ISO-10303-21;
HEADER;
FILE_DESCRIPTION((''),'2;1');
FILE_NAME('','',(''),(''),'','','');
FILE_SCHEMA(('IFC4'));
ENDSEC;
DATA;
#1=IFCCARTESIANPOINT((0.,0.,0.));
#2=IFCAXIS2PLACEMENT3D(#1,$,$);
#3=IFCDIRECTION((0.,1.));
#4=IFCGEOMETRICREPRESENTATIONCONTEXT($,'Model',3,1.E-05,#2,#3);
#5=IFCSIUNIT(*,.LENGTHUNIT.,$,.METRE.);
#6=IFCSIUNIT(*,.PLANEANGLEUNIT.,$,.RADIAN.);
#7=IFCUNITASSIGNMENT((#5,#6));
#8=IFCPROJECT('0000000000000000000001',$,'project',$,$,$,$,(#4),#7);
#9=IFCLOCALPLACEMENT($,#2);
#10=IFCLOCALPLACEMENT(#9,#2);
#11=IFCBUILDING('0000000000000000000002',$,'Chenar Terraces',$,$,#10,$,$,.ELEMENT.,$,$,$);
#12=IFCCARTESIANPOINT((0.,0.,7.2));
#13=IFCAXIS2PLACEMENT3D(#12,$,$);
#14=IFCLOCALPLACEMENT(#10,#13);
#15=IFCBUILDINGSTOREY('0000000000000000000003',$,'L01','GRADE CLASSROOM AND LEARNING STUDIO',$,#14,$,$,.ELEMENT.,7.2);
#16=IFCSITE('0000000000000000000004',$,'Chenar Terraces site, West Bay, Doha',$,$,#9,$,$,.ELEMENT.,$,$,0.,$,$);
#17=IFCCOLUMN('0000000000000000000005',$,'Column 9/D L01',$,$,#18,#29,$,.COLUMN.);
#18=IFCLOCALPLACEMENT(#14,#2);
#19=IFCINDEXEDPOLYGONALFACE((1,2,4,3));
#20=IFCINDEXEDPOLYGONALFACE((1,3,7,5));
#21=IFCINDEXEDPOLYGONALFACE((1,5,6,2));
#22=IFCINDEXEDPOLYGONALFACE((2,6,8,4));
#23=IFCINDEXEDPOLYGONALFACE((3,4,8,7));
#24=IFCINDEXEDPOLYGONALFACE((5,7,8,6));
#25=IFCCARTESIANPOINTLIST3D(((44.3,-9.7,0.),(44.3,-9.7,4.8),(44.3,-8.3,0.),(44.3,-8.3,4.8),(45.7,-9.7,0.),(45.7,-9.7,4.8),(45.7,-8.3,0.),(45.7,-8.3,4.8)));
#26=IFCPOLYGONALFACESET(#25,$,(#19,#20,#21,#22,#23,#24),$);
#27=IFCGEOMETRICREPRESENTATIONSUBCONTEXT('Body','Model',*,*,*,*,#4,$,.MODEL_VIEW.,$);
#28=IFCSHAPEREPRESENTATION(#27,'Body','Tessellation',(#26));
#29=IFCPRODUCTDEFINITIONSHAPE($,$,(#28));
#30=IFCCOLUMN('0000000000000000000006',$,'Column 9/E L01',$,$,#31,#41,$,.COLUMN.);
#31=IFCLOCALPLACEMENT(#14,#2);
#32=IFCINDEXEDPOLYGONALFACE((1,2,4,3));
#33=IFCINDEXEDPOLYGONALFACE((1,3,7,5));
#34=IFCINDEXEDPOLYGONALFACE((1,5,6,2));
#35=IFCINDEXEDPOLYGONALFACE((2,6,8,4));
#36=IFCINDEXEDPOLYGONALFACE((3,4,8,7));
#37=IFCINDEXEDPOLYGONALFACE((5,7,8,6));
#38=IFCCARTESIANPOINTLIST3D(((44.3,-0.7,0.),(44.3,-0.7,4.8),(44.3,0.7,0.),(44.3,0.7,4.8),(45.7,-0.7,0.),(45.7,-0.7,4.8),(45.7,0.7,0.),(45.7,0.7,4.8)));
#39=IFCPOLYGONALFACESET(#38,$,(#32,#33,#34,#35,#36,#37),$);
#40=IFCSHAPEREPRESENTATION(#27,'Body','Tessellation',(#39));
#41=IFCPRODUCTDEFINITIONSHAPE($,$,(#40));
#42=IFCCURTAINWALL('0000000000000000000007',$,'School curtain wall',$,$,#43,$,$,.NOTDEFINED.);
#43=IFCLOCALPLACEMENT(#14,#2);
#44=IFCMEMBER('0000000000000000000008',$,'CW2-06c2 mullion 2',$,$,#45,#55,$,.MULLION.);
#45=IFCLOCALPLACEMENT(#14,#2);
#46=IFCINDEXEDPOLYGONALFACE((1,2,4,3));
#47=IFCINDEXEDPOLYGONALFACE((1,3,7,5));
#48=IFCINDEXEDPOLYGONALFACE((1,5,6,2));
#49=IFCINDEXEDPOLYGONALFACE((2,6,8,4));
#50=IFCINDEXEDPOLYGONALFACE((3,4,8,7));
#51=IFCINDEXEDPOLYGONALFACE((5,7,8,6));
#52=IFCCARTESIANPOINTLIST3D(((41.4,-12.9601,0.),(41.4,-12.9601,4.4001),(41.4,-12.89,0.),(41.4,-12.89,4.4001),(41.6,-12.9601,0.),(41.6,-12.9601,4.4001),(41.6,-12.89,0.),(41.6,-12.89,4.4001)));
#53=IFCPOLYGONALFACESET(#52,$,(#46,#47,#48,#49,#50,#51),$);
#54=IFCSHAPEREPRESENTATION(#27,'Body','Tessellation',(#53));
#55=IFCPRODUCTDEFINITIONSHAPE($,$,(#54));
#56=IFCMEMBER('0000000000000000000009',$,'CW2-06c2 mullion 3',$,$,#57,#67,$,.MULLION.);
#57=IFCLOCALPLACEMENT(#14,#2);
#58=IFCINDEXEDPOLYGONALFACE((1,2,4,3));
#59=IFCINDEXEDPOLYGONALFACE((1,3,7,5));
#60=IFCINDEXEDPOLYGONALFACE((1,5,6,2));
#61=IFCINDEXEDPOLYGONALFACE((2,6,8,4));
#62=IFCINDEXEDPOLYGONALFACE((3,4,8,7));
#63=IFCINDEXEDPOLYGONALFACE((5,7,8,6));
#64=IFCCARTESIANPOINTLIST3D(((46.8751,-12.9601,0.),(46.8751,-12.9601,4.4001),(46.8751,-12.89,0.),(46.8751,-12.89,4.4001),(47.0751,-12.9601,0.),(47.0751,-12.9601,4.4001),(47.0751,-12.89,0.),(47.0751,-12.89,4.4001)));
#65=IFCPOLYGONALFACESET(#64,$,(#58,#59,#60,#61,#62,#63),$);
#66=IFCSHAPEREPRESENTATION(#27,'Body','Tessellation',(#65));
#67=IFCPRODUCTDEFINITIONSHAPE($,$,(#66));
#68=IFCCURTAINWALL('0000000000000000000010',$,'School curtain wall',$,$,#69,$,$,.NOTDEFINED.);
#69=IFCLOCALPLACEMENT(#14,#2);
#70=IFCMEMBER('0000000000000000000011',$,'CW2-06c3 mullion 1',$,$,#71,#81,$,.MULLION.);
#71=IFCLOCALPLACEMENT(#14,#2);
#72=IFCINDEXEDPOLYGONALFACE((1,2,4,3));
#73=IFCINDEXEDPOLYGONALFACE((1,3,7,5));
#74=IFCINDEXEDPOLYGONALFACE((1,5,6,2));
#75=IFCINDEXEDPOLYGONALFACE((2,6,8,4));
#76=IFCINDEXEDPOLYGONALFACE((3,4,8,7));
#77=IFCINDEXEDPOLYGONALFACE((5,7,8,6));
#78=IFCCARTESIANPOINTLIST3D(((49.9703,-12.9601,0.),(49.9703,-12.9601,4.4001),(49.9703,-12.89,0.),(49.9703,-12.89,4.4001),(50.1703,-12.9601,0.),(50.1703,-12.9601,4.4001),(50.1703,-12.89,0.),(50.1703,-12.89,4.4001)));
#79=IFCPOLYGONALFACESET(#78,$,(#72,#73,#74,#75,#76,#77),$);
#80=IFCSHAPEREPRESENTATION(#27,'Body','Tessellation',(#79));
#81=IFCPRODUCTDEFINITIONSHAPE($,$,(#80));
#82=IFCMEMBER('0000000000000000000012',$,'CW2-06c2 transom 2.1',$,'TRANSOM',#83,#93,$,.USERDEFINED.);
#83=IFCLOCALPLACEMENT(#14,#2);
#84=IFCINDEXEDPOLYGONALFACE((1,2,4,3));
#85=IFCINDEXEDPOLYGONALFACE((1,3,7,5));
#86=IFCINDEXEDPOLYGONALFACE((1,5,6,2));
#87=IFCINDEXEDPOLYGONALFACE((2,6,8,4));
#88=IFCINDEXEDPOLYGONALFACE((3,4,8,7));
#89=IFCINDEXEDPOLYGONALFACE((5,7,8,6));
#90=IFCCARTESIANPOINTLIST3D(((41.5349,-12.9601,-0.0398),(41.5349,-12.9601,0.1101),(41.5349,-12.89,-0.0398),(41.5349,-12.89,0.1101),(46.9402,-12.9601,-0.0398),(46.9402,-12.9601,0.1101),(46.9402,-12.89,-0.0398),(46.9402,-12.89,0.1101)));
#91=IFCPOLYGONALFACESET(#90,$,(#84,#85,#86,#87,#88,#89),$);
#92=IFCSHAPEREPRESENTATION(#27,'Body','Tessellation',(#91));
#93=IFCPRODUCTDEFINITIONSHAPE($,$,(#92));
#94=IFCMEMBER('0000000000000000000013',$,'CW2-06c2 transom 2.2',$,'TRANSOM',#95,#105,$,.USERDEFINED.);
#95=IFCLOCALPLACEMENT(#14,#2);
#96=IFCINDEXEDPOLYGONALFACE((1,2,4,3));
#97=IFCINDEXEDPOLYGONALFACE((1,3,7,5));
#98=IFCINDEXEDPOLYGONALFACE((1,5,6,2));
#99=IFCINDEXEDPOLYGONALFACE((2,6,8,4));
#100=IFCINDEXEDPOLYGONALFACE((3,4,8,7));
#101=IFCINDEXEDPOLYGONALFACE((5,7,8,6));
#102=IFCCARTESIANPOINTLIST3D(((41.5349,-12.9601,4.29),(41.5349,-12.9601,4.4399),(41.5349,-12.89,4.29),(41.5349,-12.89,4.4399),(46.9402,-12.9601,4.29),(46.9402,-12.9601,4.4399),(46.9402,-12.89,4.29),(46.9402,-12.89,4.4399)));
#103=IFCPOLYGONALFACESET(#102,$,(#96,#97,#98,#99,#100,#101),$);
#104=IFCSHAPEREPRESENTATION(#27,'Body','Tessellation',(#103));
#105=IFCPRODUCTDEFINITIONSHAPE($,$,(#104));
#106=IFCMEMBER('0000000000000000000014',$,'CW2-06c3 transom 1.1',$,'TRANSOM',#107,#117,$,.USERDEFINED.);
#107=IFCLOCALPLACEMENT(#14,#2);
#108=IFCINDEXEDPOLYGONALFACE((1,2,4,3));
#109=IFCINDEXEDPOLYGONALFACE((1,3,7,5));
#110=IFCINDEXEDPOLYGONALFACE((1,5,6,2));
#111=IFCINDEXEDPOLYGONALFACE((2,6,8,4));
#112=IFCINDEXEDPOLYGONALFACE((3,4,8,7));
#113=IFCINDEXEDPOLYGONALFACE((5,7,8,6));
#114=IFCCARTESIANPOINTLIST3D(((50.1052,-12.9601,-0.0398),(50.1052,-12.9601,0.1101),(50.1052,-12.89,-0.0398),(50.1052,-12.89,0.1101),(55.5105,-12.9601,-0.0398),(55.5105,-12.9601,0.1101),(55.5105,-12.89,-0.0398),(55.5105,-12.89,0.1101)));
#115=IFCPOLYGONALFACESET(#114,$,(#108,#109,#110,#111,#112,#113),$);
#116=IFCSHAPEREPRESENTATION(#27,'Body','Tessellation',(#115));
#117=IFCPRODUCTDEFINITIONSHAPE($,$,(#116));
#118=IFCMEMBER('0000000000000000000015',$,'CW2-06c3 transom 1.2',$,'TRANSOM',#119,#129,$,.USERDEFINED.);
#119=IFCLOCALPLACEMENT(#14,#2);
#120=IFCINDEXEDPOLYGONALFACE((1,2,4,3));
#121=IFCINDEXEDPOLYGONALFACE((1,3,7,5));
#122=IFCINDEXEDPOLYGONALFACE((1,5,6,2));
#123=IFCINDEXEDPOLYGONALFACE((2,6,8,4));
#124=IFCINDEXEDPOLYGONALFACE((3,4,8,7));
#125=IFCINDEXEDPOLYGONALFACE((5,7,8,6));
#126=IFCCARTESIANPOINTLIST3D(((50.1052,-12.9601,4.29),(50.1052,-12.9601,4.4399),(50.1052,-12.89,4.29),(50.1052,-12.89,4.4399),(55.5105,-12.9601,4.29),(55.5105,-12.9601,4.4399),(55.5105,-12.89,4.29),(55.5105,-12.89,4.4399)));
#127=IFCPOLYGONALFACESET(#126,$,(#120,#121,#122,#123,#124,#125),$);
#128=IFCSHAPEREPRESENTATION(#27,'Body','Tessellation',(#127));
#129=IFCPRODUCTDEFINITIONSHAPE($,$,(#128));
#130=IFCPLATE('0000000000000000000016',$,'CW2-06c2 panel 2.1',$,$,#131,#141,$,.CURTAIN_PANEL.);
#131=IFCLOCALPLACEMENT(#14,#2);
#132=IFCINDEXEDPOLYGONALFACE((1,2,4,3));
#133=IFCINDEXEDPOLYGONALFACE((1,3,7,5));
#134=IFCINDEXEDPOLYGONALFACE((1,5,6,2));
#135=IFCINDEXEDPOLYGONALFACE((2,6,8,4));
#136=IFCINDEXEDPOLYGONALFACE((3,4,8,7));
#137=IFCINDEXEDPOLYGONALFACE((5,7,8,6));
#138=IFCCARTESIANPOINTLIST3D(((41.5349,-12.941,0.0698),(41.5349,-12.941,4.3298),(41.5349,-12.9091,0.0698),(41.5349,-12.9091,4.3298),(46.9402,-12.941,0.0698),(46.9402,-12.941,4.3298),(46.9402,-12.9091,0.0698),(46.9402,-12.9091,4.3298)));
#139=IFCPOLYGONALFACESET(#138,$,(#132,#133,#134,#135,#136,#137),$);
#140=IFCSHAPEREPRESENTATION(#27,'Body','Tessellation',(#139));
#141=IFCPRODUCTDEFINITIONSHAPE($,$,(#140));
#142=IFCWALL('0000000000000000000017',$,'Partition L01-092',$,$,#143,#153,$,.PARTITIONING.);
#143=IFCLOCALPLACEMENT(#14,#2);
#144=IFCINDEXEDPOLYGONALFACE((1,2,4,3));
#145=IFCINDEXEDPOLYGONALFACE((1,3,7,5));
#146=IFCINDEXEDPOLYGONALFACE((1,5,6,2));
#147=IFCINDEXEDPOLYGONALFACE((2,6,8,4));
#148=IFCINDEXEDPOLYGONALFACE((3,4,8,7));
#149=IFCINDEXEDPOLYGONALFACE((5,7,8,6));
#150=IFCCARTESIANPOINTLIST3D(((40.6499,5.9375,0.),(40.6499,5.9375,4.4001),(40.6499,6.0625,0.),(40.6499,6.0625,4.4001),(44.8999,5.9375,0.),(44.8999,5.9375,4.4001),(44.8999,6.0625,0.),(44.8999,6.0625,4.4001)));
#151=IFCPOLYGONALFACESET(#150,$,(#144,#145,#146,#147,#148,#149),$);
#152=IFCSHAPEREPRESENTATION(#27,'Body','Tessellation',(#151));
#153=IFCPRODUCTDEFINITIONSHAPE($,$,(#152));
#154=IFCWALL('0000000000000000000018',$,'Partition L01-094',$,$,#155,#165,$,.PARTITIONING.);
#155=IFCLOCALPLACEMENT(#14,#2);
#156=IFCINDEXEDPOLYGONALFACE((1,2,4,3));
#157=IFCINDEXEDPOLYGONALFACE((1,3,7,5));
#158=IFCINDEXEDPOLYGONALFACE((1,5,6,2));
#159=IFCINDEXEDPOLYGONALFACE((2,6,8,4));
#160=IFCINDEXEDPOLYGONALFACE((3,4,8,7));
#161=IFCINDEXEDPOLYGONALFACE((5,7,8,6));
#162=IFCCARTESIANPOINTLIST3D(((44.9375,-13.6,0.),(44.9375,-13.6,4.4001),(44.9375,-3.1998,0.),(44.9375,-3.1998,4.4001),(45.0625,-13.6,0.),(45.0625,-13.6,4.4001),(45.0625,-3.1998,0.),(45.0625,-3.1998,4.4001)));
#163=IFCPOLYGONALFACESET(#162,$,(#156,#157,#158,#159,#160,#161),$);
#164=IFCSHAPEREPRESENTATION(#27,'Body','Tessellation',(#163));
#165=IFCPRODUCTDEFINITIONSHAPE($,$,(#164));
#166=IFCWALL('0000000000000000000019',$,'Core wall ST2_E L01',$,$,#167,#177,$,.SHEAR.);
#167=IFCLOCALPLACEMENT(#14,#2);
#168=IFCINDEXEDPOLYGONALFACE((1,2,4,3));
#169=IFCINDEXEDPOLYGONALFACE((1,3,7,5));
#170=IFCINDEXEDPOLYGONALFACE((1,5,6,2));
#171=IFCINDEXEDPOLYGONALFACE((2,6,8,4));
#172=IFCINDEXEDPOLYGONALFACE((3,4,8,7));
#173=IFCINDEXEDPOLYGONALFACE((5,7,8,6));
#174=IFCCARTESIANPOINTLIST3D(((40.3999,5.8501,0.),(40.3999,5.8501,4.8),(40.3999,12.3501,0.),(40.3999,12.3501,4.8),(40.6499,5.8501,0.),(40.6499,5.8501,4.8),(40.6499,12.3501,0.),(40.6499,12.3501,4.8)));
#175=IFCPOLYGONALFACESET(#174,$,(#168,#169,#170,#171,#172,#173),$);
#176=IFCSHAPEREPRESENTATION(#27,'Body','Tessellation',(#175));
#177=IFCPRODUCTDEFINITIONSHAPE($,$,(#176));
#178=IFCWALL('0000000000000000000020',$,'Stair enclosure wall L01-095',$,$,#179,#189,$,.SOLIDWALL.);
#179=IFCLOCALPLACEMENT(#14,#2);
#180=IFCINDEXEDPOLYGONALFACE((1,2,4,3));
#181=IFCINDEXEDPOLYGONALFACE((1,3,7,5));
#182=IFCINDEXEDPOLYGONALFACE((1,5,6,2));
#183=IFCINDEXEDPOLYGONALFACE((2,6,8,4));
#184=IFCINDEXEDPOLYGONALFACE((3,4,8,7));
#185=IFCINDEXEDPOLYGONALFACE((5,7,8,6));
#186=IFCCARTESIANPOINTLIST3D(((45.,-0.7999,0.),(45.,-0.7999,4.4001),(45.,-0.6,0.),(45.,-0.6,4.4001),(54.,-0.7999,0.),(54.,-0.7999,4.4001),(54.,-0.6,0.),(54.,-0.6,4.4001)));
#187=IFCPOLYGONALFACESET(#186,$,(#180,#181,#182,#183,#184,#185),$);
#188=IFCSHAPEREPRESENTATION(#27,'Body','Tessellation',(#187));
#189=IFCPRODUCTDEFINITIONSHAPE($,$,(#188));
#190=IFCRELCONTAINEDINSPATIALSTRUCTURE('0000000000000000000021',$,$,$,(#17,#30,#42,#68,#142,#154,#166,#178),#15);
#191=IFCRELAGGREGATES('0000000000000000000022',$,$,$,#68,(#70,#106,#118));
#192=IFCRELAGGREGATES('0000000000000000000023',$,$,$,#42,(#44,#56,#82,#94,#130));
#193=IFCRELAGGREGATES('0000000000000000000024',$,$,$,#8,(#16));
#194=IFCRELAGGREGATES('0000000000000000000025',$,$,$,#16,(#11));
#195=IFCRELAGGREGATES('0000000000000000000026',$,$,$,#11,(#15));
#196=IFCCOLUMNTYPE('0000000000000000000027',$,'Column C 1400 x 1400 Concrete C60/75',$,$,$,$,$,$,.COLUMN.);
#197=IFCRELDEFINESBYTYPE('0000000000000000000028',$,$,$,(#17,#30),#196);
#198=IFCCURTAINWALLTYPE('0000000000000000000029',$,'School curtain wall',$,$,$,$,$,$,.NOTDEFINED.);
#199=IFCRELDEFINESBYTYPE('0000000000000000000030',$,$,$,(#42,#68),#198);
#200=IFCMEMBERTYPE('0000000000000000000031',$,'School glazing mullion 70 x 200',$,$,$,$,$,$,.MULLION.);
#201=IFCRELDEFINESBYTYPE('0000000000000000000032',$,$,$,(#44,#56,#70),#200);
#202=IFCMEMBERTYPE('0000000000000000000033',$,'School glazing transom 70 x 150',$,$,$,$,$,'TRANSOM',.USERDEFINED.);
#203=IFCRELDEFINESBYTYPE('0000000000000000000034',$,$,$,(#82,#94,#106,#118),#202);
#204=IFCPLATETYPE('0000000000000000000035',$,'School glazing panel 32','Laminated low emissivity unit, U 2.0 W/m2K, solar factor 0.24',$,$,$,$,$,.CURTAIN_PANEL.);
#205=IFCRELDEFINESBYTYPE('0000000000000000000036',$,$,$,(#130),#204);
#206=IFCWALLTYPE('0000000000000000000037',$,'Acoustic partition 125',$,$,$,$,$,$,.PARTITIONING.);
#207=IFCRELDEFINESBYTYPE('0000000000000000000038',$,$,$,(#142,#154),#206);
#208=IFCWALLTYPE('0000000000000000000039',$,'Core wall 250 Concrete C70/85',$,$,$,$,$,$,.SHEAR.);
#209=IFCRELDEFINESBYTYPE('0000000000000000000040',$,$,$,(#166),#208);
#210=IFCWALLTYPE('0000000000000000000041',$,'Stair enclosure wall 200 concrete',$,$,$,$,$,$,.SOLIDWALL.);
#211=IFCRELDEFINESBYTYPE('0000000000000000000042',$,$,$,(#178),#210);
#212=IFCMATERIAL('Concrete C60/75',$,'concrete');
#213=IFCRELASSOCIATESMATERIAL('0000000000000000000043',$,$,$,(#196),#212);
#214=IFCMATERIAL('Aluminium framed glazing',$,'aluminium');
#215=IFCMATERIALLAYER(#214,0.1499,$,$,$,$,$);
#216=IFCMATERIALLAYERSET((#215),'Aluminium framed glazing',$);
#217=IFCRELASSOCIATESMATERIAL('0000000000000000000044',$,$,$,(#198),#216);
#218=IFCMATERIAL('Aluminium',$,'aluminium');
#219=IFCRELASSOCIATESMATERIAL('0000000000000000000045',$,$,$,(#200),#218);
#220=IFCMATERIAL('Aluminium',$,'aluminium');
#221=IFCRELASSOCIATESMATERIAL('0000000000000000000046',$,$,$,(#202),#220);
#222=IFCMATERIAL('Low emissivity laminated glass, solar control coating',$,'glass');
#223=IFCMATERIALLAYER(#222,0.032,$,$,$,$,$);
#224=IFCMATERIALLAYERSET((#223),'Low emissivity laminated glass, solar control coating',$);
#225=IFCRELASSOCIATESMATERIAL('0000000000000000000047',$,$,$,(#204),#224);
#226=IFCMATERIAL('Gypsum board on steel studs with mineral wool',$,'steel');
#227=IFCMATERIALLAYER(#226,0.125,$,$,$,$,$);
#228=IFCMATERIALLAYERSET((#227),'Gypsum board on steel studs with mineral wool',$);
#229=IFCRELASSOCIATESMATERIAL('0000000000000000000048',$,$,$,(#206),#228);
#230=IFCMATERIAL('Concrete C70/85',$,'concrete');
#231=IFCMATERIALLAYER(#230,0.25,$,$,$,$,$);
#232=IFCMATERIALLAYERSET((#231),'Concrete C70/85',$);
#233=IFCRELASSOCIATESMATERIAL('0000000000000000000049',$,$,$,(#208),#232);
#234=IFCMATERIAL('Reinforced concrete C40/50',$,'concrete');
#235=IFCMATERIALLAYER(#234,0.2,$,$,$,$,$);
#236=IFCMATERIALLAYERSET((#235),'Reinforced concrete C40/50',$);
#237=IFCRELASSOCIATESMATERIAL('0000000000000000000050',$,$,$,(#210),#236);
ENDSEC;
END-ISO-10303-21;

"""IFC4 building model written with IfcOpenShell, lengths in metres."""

from ifc_helpers import new_model, si_unit, direction, frame, frame_2d, origin, origin_2d, place, context, subcontext, project, spatial, rectangle, extrude, material, layer, layer_set, material_profile, profile_set, type_object, element, aggregate, save


model = new_model("IFC4")

# Units and contexts
model_context = context("Model", 3, precision=1e-05, world=origin(), true_north=direction((0.0, 1.0)))
body_context = subcontext(model_context, "Body", "Model", "MODEL_VIEW")
ifc_project = project(units=[si_unit("LENGTHUNIT", "METRE"), si_unit("PLANEANGLEUNIT", "RADIAN")], contexts=[model_context])

# Site, building, storey
site_placement = place(None, origin())
site = spatial("IfcSite", under=ifc_project, at=site_placement, Name="Chenar Terraces site, West Bay, Doha", CompositionType="ELEMENT", RefElevation=0.0)
building_placement = place(site_placement, origin())
building = spatial("IfcBuilding", under=site, at=building_placement, Name="Chenar Terraces", CompositionType="ELEMENT")
storey_placement = place(building_placement, frame((0.0, 0.0, 7.2)))
storey = spatial("IfcBuildingStorey", under=building, at=storey_placement, Name="L01", Description="GRADE CLASSROOM AND LEARNING STUDIO", CompositionType="ELEMENT", Elevation=7.2)

# Columns
ifc_material_1 = material(Name="Concrete C60/75", Category="concrete")
ifc_material_profile_1 = material_profile(ifc_material_1, rectangle(XDim=1.3999, YDim=1.3999, at=origin_2d()), Name="C 1400 x 1400")
ifc_profile_set_1 = profile_set([ifc_material_profile_1], Name="Concrete C60/75")
column_type = type_object("IfcColumnType", Name="Column C 1400 x 1400 Concrete C60/75", PredefinedType="COLUMN", material=ifc_profile_set_1)
for number, where, z_axis, x_axis, name in (
    (1, (45.0, -9.0, 0.0), (0.0, 0.0, 1.0), (1.0, 0.0, 0.0), "Column 9/D L01"),
    (2, (45.0, 0.0, 0.0), (0.0, 0.0, 1.0), (1.0, 0.0, 0.0), "Column 9/E L01"),
):
    element("IfcColumn", number, at=place(storey_placement, frame(where, z_axis=z_axis, x_axis=x_axis)), inside=storey, type_object=column_type, Name=name, PredefinedType="COLUMN", context=body_context, shape_type="SweptSolid", body=[
        extrude(rectangle(XDim=1.3999, YDim=1.3999, at=origin_2d()), origin(), (0.0, 0.0, 1.0), 4.8),
    ])

# Curtain wall, members
ifc_material_2 = material(Name="Aluminium framed glazing", Category="aluminium")
ifc_layer_1 = layer(ifc_material_2, 0.1499)
ifc_layer_set_1 = layer_set([ifc_layer_1], Name="Aluminium framed glazing")
curtain_wall_type = type_object("IfcCurtainWallType", Name="School curtain wall", PredefinedType="NOTDEFINED", material=ifc_layer_set_1)
placement = place(storey_placement, origin())
curtain_wall_1 = element("IfcCurtainWall", 3, at=placement, inside=storey, type_object=curtain_wall_type, Name="School curtain wall", PredefinedType="NOTDEFINED")
ifc_material_3 = material(Name="Aluminium", Category="aluminium")
ifc_material_profile_2 = material_profile(ifc_material_3, rectangle(XDim=0.0701, YDim=0.2, at=origin_2d()), Name="School glazing mullion 70 x 200")
ifc_profile_set_2 = profile_set([ifc_material_profile_2], Name="Aluminium")
member_type_1 = type_object("IfcMemberType", Name="School glazing mullion 70 x 200", PredefinedType="MULLION", material=ifc_profile_set_2)
member_1_placement = place(storey_placement, frame((41.5, -12.925, 0.0), z_axis=(0.0, 0.0, 1.0), x_axis=(0.0, 1.0, 0.0)))
member_1 = element("IfcMember", 4, at=member_1_placement, type_object=member_type_1, Name="CW2-06c2 mullion 2", PredefinedType="MULLION", context=body_context, shape_type="SweptSolid", body=[
    extrude(rectangle(XDim=0.0701, YDim=0.2, at=origin_2d()), origin(), (0.0, 0.0, 1.0), 4.4001),
])
member_2_placement = place(storey_placement, frame((46.9751, -12.925, 0.0), z_axis=(0.0, 0.0, 1.0), x_axis=(0.0, 1.0, 0.0)))
member_2 = element("IfcMember", 5, at=member_2_placement, type_object=member_type_1, Name="CW2-06c2 mullion 3", PredefinedType="MULLION", context=body_context, shape_type="SweptSolid", body=[
    extrude(rectangle(XDim=0.0701, YDim=0.2, at=origin_2d()), origin(), (0.0, 0.0, 1.0), 4.4001),
])

# Curtain wall, member
curtain_wall_2 = element("IfcCurtainWall", 6, at=placement, inside=storey, type_object=curtain_wall_type, Name="School curtain wall", PredefinedType="NOTDEFINED")
member_3_placement = place(storey_placement, frame((50.0703, -12.925, 0.0), z_axis=(0.0, 0.0, 1.0), x_axis=(0.0, 1.0, 0.0)))
member_3 = element("IfcMember", 7, at=member_3_placement, type_object=member_type_1, Name="CW2-06c3 mullion 1", PredefinedType="MULLION", context=body_context, shape_type="SweptSolid", body=[
    extrude(rectangle(XDim=0.0701, YDim=0.2, at=origin_2d()), origin(), (0.0, 0.0, 1.0), 4.4001),
])

# Members
ifc_material_4 = material(Name="Aluminium", Category="aluminium")
ifc_material_profile_3 = material_profile(ifc_material_4, rectangle(XDim=0.0701, YDim=0.1499, at=origin_2d()), Name="School glazing transom 70 x 150")
ifc_profile_set_3 = profile_set([ifc_material_profile_3], Name="Aluminium")
member_type_2 = type_object("IfcMemberType", Name="School glazing transom 70 x 150", ElementType="TRANSOM", PredefinedType="USERDEFINED", material=ifc_profile_set_3)
member_4_placement = place(storey_placement, frame((41.5349, -12.925, 0.0352), z_axis=(1.0, 0.0, 0.0), x_axis=(0.0, 1.0, 0.0)))
member_4 = element("IfcMember", 8, at=member_4_placement, type_object=member_type_2, Name="CW2-06c2 transom 2.1", ObjectType="TRANSOM", PredefinedType="USERDEFINED", context=body_context, shape_type="SweptSolid", body=[
    extrude(rectangle(XDim=0.0701, YDim=0.1499, at=origin_2d()), origin(), (0.0, 0.0, 1.0), 5.4053),
])
member_5_placement = place(storey_placement, frame((41.5349, -12.925, 4.365), z_axis=(1.0, 0.0, 0.0), x_axis=(0.0, 1.0, 0.0)))
member_5 = element("IfcMember", 9, at=member_5_placement, type_object=member_type_2, Name="CW2-06c2 transom 2.2", ObjectType="TRANSOM", PredefinedType="USERDEFINED", context=body_context, shape_type="SweptSolid", body=[
    extrude(rectangle(XDim=0.0701, YDim=0.1499, at=origin_2d()), origin(), (0.0, 0.0, 1.0), 5.4053),
])
member_6_placement = place(storey_placement, frame((50.1052, -12.925, 0.0352), z_axis=(1.0, 0.0, 0.0), x_axis=(0.0, 1.0, 0.0)))
member_6 = element("IfcMember", 10, at=member_6_placement, type_object=member_type_2, Name="CW2-06c3 transom 1.1", ObjectType="TRANSOM", PredefinedType="USERDEFINED", context=body_context, shape_type="SweptSolid", body=[
    extrude(rectangle(XDim=0.0701, YDim=0.1499, at=origin_2d()), origin(), (0.0, 0.0, 1.0), 5.4053),
])
member_7_placement = place(storey_placement, frame((50.1052, -12.925, 4.365), z_axis=(1.0, 0.0, 0.0), x_axis=(0.0, 1.0, 0.0)))
member_7 = element("IfcMember", 11, at=member_7_placement, type_object=member_type_2, Name="CW2-06c3 transom 1.2", ObjectType="TRANSOM", PredefinedType="USERDEFINED", context=body_context, shape_type="SweptSolid", body=[
    extrude(rectangle(XDim=0.0701, YDim=0.1499, at=origin_2d()), origin(), (0.0, 0.0, 1.0), 5.4053),
])
aggregate(curtain_wall_2, [member_3, member_6, member_7])

# Plate
ifc_material_5 = material(Name="Low emissivity laminated glass, solar control coating", Category="glass")
ifc_layer_2 = layer(ifc_material_5, 0.032)
ifc_layer_set_2 = layer_set([ifc_layer_2], Name="Low emissivity laminated glass, solar control coating")
plate_type = type_object("IfcPlateType", Name="School glazing panel 32", Description="Laminated low emissivity unit, U 2.0 W/m2K, solar factor 0.24", PredefinedType="CURTAIN_PANEL", material=ifc_layer_set_2)
plate_placement = place(storey_placement, frame((44.2375, -12.925, 0.0698), z_axis=(0.0, 0.0, 1.0), x_axis=(1.0, 0.0, 0.0)))
plate = element("IfcPlate", 12, at=plate_placement, type_object=plate_type, Name="CW2-06c2 panel 2.1", PredefinedType="CURTAIN_PANEL", context=body_context, shape_type="SweptSolid", body=[
    extrude(rectangle(XDim=5.4053, YDim=0.032, at=origin_2d()), origin(), (0.0, 0.0, 1.0), 4.26),
])
aggregate(curtain_wall_1, [member_1, member_2, member_4, member_5, plate])

# Walls
ifc_material_6 = material(Name="Gypsum board on steel studs with mineral wool", Category="steel")
ifc_layer_3 = layer(ifc_material_6, 0.125)
ifc_layer_set_3 = layer_set([ifc_layer_3], Name="Gypsum board on steel studs with mineral wool")
wall_type_1 = type_object("IfcWallType", Name="Acoustic partition 125", PredefinedType="PARTITIONING", material=ifc_layer_set_3)
wall_1_placement = place(storey_placement, frame((40.6499, 6.0, 0.0), z_axis=(0.0, 0.0, 1.0), x_axis=(1.0, 0.0, 0.0)))
element("IfcWall", 13, at=wall_1_placement, inside=storey, type_object=wall_type_1, Name="Partition L01-092", PredefinedType="PARTITIONING", context=body_context, shape_type="SweptSolid", body=[
    extrude(rectangle(XDim=4.25, YDim=0.125, at=frame_2d((2.125, 0.0))), origin(), (0.0, 0.0, 1.0), 4.4001),
])
wall_2_placement = place(storey_placement, frame((45.0, -13.6001, 0.0), z_axis=(0.0, 0.0, 1.0), x_axis=(0.0, 1.0, 0.0)))
element("IfcWall", 14, at=wall_2_placement, inside=storey, type_object=wall_type_1, Name="Partition L01-094", PredefinedType="PARTITIONING", context=body_context, shape_type="SweptSolid", body=[
    extrude(rectangle(XDim=10.4001, YDim=0.125, at=frame_2d((5.2002, 0.0))), origin(), (0.0, 0.0, 1.0), 4.4001),
])
ifc_material_7 = material(Name="Concrete C70/85", Category="concrete")
ifc_layer_4 = layer(ifc_material_7, 0.25)
ifc_layer_set_4 = layer_set([ifc_layer_4], Name="Concrete C70/85")
wall_type_2 = type_object("IfcWallType", Name="Core wall 250 Concrete C70/85", PredefinedType="SHEAR", material=ifc_layer_set_4)
wall_3_placement = place(storey_placement, frame((40.5249, 5.8501, 0.0), z_axis=(0.0, 0.0, 1.0), x_axis=(0.0, 1.0, 0.0)))
element("IfcWall", 15, at=wall_3_placement, inside=storey, type_object=wall_type_2, Name="Core wall ST2_E L01", PredefinedType="SHEAR", context=body_context, shape_type="SweptSolid", body=[
    extrude(rectangle(XDim=6.5, YDim=0.25, at=frame_2d((3.25, 0.0))), origin(), (0.0, 0.0, 1.0), 4.8),
])

# Wall
ifc_material_8 = material(Name="Reinforced concrete C40/50", Category="concrete")
ifc_layer_5 = layer(ifc_material_8, 0.2)
ifc_layer_set_5 = layer_set([ifc_layer_5], Name="Reinforced concrete C40/50")
wall_type_3 = type_object("IfcWallType", Name="Stair enclosure wall 200 concrete", PredefinedType="SOLIDWALL", material=ifc_layer_set_5)
wall_4_placement = place(storey_placement, frame((45.0, -0.7, 0.0), z_axis=(0.0, 0.0, 1.0), x_axis=(1.0, 0.0, 0.0)))
element("IfcWall", 16, at=wall_4_placement, inside=storey, type_object=wall_type_3, Name="Stair enclosure wall L01-095", PredefinedType="SOLIDWALL", context=body_context, shape_type="SweptSolid", body=[
    extrude(rectangle(XDim=9.0, YDim=0.2, at=frame_2d((4.5, 0.0))), origin(), (0.0, 0.0, 1.0), 4.4001),
])

save(model, "model.ifc")
